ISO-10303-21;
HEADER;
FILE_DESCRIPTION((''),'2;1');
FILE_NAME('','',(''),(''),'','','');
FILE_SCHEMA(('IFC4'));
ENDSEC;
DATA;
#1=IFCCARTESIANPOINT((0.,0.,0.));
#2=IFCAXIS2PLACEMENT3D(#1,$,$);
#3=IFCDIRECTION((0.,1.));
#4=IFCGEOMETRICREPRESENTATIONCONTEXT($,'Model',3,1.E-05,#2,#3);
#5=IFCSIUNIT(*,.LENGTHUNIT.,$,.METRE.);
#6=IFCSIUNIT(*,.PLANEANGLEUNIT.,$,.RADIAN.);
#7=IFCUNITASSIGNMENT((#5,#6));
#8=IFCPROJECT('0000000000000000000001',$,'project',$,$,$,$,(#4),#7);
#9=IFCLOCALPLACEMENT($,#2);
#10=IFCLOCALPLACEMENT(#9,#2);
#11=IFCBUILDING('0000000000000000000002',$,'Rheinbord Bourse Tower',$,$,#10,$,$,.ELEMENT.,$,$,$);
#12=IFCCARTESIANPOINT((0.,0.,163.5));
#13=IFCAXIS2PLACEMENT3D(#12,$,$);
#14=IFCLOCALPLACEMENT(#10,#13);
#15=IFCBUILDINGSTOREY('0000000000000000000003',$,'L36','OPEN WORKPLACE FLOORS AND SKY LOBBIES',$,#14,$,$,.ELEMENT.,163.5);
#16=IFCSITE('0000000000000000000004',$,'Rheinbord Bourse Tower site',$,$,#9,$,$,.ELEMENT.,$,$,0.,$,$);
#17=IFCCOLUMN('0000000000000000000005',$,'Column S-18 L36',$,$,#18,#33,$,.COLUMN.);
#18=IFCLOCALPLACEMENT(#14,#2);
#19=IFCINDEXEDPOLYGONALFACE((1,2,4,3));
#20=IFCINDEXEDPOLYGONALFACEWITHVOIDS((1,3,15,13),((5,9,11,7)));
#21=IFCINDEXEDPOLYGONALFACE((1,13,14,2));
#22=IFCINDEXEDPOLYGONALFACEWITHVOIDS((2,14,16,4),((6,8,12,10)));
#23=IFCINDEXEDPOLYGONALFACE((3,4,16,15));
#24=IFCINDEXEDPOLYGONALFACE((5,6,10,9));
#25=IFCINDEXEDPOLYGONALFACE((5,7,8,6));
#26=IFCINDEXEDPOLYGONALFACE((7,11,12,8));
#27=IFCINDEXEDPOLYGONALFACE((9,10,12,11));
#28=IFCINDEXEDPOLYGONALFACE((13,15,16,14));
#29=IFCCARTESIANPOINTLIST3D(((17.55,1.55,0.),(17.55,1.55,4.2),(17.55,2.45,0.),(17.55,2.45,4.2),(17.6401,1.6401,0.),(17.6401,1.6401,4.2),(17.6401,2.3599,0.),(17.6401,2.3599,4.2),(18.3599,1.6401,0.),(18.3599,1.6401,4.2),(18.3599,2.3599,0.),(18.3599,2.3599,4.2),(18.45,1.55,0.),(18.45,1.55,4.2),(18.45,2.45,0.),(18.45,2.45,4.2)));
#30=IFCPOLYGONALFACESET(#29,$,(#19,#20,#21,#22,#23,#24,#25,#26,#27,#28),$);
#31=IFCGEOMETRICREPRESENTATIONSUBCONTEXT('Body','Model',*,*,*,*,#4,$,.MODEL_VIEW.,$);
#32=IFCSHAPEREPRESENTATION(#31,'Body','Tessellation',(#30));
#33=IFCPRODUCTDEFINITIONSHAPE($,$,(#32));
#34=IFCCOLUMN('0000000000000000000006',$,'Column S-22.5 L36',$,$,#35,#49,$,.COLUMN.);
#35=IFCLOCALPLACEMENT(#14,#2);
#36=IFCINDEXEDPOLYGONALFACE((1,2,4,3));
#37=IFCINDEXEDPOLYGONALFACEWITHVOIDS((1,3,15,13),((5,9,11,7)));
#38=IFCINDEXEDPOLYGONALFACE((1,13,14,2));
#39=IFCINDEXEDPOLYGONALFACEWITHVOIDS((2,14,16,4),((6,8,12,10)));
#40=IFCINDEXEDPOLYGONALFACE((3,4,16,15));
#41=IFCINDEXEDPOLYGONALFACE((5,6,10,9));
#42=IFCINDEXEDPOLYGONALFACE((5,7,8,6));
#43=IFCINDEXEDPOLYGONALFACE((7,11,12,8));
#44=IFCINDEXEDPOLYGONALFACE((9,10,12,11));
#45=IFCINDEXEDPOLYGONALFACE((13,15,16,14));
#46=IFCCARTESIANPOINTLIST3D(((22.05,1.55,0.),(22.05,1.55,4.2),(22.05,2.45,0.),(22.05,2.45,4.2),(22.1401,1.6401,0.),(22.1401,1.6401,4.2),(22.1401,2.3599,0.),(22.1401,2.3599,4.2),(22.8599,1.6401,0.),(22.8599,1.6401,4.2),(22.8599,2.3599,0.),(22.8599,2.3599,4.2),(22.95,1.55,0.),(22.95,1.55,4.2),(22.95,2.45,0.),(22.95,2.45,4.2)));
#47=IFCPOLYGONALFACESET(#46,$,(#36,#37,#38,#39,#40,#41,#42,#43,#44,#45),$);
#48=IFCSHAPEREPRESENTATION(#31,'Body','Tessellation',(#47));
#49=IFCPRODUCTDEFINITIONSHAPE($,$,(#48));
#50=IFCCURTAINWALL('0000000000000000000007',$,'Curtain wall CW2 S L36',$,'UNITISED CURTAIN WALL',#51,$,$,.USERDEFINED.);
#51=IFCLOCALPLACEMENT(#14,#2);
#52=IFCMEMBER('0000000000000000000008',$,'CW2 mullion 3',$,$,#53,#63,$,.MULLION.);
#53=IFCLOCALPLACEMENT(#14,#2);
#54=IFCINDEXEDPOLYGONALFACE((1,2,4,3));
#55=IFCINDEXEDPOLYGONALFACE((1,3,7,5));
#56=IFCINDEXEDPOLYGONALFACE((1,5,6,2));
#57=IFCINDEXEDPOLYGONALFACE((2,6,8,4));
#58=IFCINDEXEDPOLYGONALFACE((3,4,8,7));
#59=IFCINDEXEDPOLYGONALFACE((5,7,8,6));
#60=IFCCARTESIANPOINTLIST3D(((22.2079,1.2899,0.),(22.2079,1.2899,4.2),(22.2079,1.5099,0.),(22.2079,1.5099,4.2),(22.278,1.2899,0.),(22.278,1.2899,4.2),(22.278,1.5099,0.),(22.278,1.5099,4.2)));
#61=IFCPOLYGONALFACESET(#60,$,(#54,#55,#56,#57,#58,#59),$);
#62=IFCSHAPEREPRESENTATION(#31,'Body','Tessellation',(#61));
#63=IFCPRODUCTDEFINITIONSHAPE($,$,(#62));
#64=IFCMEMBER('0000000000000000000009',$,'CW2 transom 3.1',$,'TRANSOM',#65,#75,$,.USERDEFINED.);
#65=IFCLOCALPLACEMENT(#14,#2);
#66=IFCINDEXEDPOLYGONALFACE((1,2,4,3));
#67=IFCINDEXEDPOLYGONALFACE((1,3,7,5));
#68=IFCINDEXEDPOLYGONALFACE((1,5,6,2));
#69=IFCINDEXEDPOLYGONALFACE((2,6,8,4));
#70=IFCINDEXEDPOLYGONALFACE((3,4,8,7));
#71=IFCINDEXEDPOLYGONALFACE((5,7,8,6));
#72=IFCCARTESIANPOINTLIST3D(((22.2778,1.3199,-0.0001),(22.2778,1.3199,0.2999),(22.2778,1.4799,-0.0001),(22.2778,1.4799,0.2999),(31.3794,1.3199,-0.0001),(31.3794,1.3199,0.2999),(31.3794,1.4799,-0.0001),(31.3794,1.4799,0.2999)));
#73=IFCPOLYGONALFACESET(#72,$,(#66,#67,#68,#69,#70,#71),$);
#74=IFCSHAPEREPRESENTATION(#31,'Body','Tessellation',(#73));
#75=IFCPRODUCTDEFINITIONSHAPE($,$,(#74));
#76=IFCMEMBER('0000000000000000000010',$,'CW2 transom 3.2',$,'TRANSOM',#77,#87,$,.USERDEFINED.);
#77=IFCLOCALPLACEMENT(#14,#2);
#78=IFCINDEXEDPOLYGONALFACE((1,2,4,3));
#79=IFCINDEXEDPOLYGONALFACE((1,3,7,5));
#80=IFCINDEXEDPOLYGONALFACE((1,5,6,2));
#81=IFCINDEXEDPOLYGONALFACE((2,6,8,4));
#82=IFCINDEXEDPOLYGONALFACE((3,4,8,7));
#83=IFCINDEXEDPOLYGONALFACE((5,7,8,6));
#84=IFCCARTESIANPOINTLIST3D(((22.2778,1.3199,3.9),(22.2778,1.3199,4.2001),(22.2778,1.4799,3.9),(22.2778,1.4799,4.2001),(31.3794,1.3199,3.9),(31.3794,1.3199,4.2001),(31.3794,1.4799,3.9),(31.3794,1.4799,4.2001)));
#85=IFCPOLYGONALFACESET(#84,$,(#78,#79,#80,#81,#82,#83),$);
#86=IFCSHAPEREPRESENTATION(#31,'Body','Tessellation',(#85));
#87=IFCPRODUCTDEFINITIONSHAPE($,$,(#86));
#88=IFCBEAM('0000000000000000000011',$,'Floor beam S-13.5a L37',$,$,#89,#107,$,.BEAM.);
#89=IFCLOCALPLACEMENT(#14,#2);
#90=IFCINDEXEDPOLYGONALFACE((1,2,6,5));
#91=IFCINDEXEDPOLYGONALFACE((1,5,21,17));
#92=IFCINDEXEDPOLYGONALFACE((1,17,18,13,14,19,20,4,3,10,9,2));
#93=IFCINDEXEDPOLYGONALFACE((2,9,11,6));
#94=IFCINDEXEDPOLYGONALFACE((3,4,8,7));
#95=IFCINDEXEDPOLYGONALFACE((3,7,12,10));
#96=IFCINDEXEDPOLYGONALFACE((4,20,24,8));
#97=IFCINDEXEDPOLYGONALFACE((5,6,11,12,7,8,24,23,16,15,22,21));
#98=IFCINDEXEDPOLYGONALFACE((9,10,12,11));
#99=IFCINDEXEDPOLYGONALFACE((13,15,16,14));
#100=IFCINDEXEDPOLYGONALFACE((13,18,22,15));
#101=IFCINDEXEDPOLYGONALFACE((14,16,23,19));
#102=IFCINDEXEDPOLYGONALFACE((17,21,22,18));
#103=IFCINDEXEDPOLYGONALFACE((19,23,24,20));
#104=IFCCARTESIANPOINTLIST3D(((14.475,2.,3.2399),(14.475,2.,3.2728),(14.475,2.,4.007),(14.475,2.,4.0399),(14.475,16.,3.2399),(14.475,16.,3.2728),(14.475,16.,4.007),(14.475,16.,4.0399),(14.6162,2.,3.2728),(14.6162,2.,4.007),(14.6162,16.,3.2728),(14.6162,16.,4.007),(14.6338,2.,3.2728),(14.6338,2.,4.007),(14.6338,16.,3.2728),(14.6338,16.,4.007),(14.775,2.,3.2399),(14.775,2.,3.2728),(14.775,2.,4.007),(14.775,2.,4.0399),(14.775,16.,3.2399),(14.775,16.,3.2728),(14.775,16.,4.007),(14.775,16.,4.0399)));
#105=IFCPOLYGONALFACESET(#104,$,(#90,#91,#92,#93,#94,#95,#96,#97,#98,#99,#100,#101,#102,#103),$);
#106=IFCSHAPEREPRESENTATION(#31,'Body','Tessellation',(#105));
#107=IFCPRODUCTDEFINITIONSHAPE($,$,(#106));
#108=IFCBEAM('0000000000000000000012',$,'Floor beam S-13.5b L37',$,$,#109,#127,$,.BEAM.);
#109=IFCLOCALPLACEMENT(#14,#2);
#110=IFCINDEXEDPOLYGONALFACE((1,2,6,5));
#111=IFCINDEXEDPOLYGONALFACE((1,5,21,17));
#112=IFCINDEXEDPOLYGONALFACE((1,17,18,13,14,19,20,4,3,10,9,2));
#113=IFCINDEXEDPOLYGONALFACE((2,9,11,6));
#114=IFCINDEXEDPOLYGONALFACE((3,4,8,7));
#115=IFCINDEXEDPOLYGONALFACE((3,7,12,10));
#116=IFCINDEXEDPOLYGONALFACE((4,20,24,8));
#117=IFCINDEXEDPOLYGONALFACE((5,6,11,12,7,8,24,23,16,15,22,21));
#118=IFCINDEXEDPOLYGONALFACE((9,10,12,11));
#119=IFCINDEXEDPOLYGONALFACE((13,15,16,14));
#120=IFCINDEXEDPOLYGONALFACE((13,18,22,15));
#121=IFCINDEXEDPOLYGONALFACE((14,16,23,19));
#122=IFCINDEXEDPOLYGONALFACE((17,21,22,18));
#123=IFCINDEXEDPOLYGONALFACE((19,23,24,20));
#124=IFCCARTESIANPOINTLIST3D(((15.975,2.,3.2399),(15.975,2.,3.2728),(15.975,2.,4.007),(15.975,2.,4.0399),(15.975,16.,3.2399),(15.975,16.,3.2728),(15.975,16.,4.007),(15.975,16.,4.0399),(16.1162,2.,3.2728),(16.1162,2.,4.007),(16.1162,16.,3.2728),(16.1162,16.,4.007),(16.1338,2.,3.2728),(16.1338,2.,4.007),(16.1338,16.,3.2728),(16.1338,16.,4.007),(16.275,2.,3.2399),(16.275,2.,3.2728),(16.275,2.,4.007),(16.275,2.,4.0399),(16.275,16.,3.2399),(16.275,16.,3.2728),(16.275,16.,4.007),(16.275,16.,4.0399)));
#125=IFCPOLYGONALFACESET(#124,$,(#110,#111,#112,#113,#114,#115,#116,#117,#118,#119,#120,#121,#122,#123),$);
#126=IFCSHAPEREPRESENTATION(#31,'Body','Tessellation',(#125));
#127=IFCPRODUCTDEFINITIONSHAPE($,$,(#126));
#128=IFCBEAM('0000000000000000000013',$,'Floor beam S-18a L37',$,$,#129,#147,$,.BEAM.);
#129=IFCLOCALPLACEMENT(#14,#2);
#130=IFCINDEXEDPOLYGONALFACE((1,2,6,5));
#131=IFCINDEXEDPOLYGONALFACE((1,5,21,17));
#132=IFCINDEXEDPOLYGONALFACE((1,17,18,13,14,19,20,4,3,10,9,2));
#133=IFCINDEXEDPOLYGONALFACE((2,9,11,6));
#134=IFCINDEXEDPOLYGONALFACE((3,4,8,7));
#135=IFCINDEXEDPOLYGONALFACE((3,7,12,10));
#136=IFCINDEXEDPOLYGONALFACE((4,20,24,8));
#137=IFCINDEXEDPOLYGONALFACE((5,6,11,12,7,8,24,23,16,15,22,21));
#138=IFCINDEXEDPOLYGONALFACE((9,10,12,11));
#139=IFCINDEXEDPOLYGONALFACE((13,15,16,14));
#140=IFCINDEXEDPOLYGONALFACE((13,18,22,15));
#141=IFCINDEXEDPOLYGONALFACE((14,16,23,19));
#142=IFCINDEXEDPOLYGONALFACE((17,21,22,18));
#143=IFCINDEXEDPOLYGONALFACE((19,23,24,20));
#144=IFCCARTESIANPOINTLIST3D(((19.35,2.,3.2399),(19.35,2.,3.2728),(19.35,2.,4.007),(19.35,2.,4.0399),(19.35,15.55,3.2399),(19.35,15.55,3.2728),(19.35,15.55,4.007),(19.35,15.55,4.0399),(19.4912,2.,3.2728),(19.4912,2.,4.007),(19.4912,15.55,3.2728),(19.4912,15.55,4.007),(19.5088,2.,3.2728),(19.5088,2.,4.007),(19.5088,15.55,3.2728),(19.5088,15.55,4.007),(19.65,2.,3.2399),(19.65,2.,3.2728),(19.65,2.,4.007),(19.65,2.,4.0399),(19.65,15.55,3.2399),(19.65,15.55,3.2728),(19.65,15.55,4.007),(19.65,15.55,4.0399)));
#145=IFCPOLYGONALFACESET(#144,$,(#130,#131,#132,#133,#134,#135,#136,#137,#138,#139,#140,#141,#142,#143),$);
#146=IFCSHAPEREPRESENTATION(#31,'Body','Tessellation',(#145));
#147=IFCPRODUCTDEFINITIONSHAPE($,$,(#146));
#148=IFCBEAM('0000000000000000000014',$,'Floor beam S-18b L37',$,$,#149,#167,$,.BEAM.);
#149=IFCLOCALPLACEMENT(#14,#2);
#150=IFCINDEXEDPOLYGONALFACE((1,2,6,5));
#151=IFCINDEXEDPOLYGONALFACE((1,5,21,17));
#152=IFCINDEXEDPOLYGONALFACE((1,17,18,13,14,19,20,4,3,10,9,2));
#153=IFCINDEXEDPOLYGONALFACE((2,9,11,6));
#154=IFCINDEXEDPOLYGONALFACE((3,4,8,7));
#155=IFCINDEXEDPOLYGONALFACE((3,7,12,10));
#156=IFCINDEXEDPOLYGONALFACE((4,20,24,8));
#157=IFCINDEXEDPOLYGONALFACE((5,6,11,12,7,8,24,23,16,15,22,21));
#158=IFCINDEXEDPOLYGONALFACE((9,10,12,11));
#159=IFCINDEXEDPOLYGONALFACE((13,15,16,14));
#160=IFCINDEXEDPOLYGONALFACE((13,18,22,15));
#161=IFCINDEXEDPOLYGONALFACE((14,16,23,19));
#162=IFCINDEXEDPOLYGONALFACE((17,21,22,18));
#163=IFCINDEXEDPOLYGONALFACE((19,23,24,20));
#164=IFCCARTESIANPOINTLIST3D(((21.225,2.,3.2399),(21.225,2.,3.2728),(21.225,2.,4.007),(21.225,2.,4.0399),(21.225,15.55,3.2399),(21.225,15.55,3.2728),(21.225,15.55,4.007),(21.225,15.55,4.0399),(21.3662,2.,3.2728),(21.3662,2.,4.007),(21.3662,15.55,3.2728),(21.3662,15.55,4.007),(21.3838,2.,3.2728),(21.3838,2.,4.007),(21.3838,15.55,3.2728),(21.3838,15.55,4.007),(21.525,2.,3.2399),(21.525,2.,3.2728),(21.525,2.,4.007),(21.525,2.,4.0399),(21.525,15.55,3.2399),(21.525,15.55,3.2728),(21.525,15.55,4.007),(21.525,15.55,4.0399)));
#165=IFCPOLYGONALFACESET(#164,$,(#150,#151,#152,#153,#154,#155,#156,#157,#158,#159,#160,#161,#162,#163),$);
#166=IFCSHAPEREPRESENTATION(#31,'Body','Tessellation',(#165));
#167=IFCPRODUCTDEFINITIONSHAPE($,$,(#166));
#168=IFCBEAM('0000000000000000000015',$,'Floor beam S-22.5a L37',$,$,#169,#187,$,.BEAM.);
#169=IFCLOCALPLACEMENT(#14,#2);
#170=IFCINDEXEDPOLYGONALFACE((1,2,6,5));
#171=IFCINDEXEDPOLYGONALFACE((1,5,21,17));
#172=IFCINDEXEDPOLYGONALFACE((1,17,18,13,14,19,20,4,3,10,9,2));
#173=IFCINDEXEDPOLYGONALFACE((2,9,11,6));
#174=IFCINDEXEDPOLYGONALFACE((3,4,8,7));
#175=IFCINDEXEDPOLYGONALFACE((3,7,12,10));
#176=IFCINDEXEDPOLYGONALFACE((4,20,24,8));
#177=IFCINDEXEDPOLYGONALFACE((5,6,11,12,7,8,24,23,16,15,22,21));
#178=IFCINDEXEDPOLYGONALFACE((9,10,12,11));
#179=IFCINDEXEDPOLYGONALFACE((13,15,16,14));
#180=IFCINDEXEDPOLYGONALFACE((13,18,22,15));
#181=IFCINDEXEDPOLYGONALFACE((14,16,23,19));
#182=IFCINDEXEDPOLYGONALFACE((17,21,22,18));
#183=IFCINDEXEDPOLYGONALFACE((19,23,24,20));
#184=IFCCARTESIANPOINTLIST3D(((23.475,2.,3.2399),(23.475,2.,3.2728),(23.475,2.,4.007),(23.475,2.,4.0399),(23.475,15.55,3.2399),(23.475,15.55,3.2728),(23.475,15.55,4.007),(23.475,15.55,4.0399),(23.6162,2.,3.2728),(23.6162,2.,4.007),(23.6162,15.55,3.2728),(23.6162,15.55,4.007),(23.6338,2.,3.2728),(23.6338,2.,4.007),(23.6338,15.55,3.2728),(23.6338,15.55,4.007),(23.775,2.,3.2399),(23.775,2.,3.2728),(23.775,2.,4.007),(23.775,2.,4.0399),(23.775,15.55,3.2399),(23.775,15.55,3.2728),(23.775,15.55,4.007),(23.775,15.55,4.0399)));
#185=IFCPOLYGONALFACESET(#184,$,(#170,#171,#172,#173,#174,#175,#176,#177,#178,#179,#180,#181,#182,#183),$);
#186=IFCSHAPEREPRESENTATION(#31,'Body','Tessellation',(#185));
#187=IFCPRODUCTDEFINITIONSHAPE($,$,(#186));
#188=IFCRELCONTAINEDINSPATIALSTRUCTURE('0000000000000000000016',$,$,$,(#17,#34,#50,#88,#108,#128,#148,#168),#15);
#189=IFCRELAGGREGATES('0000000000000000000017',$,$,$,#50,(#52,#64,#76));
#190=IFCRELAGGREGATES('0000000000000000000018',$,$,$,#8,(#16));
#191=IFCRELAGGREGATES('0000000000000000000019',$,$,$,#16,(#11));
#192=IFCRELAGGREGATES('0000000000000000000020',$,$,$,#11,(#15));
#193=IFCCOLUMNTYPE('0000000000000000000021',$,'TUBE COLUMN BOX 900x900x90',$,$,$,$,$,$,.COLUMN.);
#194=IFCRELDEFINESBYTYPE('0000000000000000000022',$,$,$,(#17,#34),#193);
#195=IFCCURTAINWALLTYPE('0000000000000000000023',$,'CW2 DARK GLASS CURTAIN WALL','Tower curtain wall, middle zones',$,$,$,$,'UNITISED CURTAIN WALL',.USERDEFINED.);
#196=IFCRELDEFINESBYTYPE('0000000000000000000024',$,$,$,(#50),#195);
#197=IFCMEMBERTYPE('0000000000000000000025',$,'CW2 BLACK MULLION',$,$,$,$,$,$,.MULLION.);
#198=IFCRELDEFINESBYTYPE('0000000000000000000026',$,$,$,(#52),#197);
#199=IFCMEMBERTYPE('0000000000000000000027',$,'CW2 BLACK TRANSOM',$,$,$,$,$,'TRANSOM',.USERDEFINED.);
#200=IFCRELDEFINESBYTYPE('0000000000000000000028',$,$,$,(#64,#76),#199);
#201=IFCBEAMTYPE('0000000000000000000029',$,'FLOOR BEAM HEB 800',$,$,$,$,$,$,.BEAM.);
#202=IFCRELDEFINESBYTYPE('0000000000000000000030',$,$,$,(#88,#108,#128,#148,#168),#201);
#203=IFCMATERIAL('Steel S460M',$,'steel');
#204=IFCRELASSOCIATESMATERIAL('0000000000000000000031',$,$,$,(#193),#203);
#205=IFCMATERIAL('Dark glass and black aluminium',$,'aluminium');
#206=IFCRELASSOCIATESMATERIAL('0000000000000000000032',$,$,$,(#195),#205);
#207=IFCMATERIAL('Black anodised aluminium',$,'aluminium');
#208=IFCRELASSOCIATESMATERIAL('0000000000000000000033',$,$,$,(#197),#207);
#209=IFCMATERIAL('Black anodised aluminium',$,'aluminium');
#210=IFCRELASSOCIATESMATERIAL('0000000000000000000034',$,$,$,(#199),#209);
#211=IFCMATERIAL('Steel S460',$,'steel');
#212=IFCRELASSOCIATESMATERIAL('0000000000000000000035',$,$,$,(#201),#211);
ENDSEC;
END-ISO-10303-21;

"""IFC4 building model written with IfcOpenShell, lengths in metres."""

from ifc_helpers import new_model, si_unit, direction, frame, origin, origin_2d, place, context, subcontext, project, spatial, rectangle, hollow_rectangle, i_section, extrude, material, material_profile, profile_set, type_object, element, aggregate, save


model = new_model("IFC4")

# Units and contexts
model_context = context("Model", 3, precision=1e-05, world=origin(), true_north=direction((0.0, 1.0)))
body_context = subcontext(model_context, "Body", "Model", "MODEL_VIEW")
ifc_project = project(units=[si_unit("LENGTHUNIT", "METRE"), si_unit("PLANEANGLEUNIT", "RADIAN")], contexts=[model_context])

# Site, building, storey
site_placement = place(None, origin())
site = spatial("IfcSite", under=ifc_project, at=site_placement, Name="Rheinbord Bourse Tower site", CompositionType="ELEMENT", RefElevation=0.0)
building_placement = place(site_placement, origin())
building = spatial("IfcBuilding", under=site, at=building_placement, Name="Rheinbord Bourse Tower", CompositionType="ELEMENT")
storey_placement = place(building_placement, frame((0.0, 0.0, 163.5)))
storey = spatial("IfcBuildingStorey", under=building, at=storey_placement, Name="L36", Description="OPEN WORKPLACE FLOORS AND SKY LOBBIES", CompositionType="ELEMENT", Elevation=163.5)

# Columns
ifc_material_1 = material(Name="Steel S460M", Category="steel")
ifc_material_profile_1 = material_profile(ifc_material_1, hollow_rectangle(XDim=0.8999, YDim=0.8999, WallThickness=0.0901, at=origin_2d()), Name="BOX 900x900x90")
ifc_profile_set_1 = profile_set([ifc_material_profile_1], Name="Steel S460M")
column_type = type_object("IfcColumnType", Name="TUBE COLUMN BOX 900x900x90", PredefinedType="COLUMN", material=ifc_profile_set_1)
for number, where, z_axis, x_axis, name in (
    (1, (18.0, 2.0, 0.0), (0.0, 0.0, 1.0), (0.0, 1.0, 0.0), "Column S-18 L36"),
    (2, (22.5, 2.0, 0.0), (0.0, 0.0, 1.0), (0.0, 1.0, 0.0), "Column S-22.5 L36"),
):
    element("IfcColumn", number, at=place(storey_placement, frame(where, z_axis=z_axis, x_axis=x_axis)), inside=storey, type_object=column_type, Name=name, PredefinedType="COLUMN", context=body_context, shape_type="SweptSolid", body=[
        extrude(hollow_rectangle(XDim=0.8999, YDim=0.8999, WallThickness=0.0901, at=origin_2d()), origin(), (0.0, 0.0, 1.0), 4.2),
    ])

# Curtain wall, members
ifc_material_2 = material(Name="Dark glass and black aluminium", Category="aluminium")
curtain_wall_type = type_object("IfcCurtainWallType", Name="CW2 DARK GLASS CURTAIN WALL", Description="Tower curtain wall, middle zones", ElementType="UNITISED CURTAIN WALL", PredefinedType="USERDEFINED", material=ifc_material_2)
curtain_wall_placement = place(storey_placement, origin())
curtain_wall = element("IfcCurtainWall", 3, at=curtain_wall_placement, inside=storey, type_object=curtain_wall_type, Name="Curtain wall CW2 S L36", ObjectType="UNITISED CURTAIN WALL", PredefinedType="USERDEFINED")
ifc_material_3 = material(Name="Black anodised aluminium", Category="aluminium")
ifc_material_profile_2 = material_profile(ifc_material_3, rectangle(XDim=0.22, YDim=0.0701, at=origin_2d()), Name="CW2 MULLION 70x220")
ifc_profile_set_2 = profile_set([ifc_material_profile_2], Name="Black anodised aluminium")
member_type_1 = type_object("IfcMemberType", Name="CW2 BLACK MULLION", PredefinedType="MULLION", material=ifc_profile_set_2)
member_1_placement = place(storey_placement, frame((22.2429, 1.3999, 0.0), z_axis=(0.0, 0.0, 1.0), x_axis=(0.0, 1.0, 0.0)))
member_1 = element("IfcMember", 4, at=member_1_placement, type_object=member_type_1, Name="CW2 mullion 3", PredefinedType="MULLION", context=body_context, shape_type="SweptSolid", body=[
    extrude(rectangle(XDim=0.22, YDim=0.0701, at=origin_2d()), origin(), (0.0, 0.0, 1.0), 4.2),
])
ifc_material_4 = material(Name="Black anodised aluminium", Category="aluminium")
ifc_material_profile_3 = material_profile(ifc_material_4, rectangle(XDim=0.1599, YDim=0.3, at=origin_2d()), Name="CW2 TRANSOM 300x160")
ifc_profile_set_3 = profile_set([ifc_material_profile_3], Name="Black anodised aluminium")
member_type_2 = type_object("IfcMemberType", Name="CW2 BLACK TRANSOM", ElementType="TRANSOM", PredefinedType="USERDEFINED", material=ifc_profile_set_3)
member_2_placement = place(storey_placement, frame((22.2778, 1.3999, 0.1499), z_axis=(1.0, 0.0, 0.0), x_axis=(0.0, 1.0, 0.0)))
member_2 = element("IfcMember", 5, at=member_2_placement, type_object=member_type_2, Name="CW2 transom 3.1", ObjectType="TRANSOM", PredefinedType="USERDEFINED", context=body_context, shape_type="SweptSolid", body=[
    extrude(rectangle(XDim=0.1599, YDim=0.3, at=origin_2d()), origin(), (0.0, 0.0, 1.0), 9.1016),
])
member_3_placement = place(storey_placement, frame((22.2778, 1.3999, 4.05), z_axis=(1.0, 0.0, 0.0), x_axis=(0.0, 1.0, 0.0)))
member_3 = element("IfcMember", 6, at=member_3_placement, type_object=member_type_2, Name="CW2 transom 3.2", ObjectType="TRANSOM", PredefinedType="USERDEFINED", context=body_context, shape_type="SweptSolid", body=[
    extrude(rectangle(XDim=0.1599, YDim=0.3, at=origin_2d()), origin(), (0.0, 0.0, 1.0), 9.1016),
])

# Beams
ifc_material_5 = material(Name="Steel S460", Category="steel")
ifc_material_profile_4 = material_profile(ifc_material_5, i_section(OverallWidth=0.3, OverallDepth=0.8, WebThickness=0.0176, FlangeThickness=0.033, at=origin_2d()), Name="HEB 800")
ifc_profile_set_4 = profile_set([ifc_material_profile_4], Name="Steel S460")
beam_type_1 = type_object("IfcBeamType", Name="FLOOR BEAM HEB 800", PredefinedType="BEAM", material=ifc_profile_set_4)
for number, where, z_axis, x_axis, name in (
    (7, (14.625, 2.0, 3.6399), (0.0, 1.0, 0.0), (-1.0, 0.0, 0.0), "Floor beam S-13.5a L37"),
    (8, (16.125, 2.0, 3.6399), (0.0, 1.0, 0.0), (-1.0, 0.0, 0.0), "Floor beam S-13.5b L37"),
):
    element("IfcBeam", number, at=place(storey_placement, frame(where, z_axis=z_axis, x_axis=x_axis)), inside=storey, type_object=beam_type_1, Name=name, PredefinedType="BEAM", context=body_context, shape_type="SweptSolid", body=[
        extrude(i_section(OverallWidth=0.3, OverallDepth=0.8, WebThickness=0.0176, FlangeThickness=0.033, at=origin_2d()), origin(), (0.0, 0.0, 1.0), 14.0),
    ])
for number, where, z_axis, x_axis, name in (
    (9, (19.5, 2.0, 3.6399), (0.0, 1.0, 0.0), (-1.0, 0.0, 0.0), "Floor beam S-18a L37"),
    (10, (21.375, 2.0, 3.6399), (0.0, 1.0, 0.0), (-1.0, 0.0, 0.0), "Floor beam S-18b L37"),
    (11, (23.625, 2.0, 3.6399), (0.0, 1.0, 0.0), (-1.0, 0.0, 0.0), "Floor beam S-22.5a L37"),
):
    element("IfcBeam", number, at=place(storey_placement, frame(where, z_axis=z_axis, x_axis=x_axis)), inside=storey, type_object=beam_type_1, Name=name, PredefinedType="BEAM", context=body_context, shape_type="SweptSolid", body=[
        extrude(i_section(OverallWidth=0.3, OverallDepth=0.8, WebThickness=0.0176, FlangeThickness=0.033, at=origin_2d()), origin(), (0.0, 0.0, 1.0), 13.55),
    ])

aggregate(curtain_wall, [member_1, member_2, member_3])

save(model, "model.ifc")
